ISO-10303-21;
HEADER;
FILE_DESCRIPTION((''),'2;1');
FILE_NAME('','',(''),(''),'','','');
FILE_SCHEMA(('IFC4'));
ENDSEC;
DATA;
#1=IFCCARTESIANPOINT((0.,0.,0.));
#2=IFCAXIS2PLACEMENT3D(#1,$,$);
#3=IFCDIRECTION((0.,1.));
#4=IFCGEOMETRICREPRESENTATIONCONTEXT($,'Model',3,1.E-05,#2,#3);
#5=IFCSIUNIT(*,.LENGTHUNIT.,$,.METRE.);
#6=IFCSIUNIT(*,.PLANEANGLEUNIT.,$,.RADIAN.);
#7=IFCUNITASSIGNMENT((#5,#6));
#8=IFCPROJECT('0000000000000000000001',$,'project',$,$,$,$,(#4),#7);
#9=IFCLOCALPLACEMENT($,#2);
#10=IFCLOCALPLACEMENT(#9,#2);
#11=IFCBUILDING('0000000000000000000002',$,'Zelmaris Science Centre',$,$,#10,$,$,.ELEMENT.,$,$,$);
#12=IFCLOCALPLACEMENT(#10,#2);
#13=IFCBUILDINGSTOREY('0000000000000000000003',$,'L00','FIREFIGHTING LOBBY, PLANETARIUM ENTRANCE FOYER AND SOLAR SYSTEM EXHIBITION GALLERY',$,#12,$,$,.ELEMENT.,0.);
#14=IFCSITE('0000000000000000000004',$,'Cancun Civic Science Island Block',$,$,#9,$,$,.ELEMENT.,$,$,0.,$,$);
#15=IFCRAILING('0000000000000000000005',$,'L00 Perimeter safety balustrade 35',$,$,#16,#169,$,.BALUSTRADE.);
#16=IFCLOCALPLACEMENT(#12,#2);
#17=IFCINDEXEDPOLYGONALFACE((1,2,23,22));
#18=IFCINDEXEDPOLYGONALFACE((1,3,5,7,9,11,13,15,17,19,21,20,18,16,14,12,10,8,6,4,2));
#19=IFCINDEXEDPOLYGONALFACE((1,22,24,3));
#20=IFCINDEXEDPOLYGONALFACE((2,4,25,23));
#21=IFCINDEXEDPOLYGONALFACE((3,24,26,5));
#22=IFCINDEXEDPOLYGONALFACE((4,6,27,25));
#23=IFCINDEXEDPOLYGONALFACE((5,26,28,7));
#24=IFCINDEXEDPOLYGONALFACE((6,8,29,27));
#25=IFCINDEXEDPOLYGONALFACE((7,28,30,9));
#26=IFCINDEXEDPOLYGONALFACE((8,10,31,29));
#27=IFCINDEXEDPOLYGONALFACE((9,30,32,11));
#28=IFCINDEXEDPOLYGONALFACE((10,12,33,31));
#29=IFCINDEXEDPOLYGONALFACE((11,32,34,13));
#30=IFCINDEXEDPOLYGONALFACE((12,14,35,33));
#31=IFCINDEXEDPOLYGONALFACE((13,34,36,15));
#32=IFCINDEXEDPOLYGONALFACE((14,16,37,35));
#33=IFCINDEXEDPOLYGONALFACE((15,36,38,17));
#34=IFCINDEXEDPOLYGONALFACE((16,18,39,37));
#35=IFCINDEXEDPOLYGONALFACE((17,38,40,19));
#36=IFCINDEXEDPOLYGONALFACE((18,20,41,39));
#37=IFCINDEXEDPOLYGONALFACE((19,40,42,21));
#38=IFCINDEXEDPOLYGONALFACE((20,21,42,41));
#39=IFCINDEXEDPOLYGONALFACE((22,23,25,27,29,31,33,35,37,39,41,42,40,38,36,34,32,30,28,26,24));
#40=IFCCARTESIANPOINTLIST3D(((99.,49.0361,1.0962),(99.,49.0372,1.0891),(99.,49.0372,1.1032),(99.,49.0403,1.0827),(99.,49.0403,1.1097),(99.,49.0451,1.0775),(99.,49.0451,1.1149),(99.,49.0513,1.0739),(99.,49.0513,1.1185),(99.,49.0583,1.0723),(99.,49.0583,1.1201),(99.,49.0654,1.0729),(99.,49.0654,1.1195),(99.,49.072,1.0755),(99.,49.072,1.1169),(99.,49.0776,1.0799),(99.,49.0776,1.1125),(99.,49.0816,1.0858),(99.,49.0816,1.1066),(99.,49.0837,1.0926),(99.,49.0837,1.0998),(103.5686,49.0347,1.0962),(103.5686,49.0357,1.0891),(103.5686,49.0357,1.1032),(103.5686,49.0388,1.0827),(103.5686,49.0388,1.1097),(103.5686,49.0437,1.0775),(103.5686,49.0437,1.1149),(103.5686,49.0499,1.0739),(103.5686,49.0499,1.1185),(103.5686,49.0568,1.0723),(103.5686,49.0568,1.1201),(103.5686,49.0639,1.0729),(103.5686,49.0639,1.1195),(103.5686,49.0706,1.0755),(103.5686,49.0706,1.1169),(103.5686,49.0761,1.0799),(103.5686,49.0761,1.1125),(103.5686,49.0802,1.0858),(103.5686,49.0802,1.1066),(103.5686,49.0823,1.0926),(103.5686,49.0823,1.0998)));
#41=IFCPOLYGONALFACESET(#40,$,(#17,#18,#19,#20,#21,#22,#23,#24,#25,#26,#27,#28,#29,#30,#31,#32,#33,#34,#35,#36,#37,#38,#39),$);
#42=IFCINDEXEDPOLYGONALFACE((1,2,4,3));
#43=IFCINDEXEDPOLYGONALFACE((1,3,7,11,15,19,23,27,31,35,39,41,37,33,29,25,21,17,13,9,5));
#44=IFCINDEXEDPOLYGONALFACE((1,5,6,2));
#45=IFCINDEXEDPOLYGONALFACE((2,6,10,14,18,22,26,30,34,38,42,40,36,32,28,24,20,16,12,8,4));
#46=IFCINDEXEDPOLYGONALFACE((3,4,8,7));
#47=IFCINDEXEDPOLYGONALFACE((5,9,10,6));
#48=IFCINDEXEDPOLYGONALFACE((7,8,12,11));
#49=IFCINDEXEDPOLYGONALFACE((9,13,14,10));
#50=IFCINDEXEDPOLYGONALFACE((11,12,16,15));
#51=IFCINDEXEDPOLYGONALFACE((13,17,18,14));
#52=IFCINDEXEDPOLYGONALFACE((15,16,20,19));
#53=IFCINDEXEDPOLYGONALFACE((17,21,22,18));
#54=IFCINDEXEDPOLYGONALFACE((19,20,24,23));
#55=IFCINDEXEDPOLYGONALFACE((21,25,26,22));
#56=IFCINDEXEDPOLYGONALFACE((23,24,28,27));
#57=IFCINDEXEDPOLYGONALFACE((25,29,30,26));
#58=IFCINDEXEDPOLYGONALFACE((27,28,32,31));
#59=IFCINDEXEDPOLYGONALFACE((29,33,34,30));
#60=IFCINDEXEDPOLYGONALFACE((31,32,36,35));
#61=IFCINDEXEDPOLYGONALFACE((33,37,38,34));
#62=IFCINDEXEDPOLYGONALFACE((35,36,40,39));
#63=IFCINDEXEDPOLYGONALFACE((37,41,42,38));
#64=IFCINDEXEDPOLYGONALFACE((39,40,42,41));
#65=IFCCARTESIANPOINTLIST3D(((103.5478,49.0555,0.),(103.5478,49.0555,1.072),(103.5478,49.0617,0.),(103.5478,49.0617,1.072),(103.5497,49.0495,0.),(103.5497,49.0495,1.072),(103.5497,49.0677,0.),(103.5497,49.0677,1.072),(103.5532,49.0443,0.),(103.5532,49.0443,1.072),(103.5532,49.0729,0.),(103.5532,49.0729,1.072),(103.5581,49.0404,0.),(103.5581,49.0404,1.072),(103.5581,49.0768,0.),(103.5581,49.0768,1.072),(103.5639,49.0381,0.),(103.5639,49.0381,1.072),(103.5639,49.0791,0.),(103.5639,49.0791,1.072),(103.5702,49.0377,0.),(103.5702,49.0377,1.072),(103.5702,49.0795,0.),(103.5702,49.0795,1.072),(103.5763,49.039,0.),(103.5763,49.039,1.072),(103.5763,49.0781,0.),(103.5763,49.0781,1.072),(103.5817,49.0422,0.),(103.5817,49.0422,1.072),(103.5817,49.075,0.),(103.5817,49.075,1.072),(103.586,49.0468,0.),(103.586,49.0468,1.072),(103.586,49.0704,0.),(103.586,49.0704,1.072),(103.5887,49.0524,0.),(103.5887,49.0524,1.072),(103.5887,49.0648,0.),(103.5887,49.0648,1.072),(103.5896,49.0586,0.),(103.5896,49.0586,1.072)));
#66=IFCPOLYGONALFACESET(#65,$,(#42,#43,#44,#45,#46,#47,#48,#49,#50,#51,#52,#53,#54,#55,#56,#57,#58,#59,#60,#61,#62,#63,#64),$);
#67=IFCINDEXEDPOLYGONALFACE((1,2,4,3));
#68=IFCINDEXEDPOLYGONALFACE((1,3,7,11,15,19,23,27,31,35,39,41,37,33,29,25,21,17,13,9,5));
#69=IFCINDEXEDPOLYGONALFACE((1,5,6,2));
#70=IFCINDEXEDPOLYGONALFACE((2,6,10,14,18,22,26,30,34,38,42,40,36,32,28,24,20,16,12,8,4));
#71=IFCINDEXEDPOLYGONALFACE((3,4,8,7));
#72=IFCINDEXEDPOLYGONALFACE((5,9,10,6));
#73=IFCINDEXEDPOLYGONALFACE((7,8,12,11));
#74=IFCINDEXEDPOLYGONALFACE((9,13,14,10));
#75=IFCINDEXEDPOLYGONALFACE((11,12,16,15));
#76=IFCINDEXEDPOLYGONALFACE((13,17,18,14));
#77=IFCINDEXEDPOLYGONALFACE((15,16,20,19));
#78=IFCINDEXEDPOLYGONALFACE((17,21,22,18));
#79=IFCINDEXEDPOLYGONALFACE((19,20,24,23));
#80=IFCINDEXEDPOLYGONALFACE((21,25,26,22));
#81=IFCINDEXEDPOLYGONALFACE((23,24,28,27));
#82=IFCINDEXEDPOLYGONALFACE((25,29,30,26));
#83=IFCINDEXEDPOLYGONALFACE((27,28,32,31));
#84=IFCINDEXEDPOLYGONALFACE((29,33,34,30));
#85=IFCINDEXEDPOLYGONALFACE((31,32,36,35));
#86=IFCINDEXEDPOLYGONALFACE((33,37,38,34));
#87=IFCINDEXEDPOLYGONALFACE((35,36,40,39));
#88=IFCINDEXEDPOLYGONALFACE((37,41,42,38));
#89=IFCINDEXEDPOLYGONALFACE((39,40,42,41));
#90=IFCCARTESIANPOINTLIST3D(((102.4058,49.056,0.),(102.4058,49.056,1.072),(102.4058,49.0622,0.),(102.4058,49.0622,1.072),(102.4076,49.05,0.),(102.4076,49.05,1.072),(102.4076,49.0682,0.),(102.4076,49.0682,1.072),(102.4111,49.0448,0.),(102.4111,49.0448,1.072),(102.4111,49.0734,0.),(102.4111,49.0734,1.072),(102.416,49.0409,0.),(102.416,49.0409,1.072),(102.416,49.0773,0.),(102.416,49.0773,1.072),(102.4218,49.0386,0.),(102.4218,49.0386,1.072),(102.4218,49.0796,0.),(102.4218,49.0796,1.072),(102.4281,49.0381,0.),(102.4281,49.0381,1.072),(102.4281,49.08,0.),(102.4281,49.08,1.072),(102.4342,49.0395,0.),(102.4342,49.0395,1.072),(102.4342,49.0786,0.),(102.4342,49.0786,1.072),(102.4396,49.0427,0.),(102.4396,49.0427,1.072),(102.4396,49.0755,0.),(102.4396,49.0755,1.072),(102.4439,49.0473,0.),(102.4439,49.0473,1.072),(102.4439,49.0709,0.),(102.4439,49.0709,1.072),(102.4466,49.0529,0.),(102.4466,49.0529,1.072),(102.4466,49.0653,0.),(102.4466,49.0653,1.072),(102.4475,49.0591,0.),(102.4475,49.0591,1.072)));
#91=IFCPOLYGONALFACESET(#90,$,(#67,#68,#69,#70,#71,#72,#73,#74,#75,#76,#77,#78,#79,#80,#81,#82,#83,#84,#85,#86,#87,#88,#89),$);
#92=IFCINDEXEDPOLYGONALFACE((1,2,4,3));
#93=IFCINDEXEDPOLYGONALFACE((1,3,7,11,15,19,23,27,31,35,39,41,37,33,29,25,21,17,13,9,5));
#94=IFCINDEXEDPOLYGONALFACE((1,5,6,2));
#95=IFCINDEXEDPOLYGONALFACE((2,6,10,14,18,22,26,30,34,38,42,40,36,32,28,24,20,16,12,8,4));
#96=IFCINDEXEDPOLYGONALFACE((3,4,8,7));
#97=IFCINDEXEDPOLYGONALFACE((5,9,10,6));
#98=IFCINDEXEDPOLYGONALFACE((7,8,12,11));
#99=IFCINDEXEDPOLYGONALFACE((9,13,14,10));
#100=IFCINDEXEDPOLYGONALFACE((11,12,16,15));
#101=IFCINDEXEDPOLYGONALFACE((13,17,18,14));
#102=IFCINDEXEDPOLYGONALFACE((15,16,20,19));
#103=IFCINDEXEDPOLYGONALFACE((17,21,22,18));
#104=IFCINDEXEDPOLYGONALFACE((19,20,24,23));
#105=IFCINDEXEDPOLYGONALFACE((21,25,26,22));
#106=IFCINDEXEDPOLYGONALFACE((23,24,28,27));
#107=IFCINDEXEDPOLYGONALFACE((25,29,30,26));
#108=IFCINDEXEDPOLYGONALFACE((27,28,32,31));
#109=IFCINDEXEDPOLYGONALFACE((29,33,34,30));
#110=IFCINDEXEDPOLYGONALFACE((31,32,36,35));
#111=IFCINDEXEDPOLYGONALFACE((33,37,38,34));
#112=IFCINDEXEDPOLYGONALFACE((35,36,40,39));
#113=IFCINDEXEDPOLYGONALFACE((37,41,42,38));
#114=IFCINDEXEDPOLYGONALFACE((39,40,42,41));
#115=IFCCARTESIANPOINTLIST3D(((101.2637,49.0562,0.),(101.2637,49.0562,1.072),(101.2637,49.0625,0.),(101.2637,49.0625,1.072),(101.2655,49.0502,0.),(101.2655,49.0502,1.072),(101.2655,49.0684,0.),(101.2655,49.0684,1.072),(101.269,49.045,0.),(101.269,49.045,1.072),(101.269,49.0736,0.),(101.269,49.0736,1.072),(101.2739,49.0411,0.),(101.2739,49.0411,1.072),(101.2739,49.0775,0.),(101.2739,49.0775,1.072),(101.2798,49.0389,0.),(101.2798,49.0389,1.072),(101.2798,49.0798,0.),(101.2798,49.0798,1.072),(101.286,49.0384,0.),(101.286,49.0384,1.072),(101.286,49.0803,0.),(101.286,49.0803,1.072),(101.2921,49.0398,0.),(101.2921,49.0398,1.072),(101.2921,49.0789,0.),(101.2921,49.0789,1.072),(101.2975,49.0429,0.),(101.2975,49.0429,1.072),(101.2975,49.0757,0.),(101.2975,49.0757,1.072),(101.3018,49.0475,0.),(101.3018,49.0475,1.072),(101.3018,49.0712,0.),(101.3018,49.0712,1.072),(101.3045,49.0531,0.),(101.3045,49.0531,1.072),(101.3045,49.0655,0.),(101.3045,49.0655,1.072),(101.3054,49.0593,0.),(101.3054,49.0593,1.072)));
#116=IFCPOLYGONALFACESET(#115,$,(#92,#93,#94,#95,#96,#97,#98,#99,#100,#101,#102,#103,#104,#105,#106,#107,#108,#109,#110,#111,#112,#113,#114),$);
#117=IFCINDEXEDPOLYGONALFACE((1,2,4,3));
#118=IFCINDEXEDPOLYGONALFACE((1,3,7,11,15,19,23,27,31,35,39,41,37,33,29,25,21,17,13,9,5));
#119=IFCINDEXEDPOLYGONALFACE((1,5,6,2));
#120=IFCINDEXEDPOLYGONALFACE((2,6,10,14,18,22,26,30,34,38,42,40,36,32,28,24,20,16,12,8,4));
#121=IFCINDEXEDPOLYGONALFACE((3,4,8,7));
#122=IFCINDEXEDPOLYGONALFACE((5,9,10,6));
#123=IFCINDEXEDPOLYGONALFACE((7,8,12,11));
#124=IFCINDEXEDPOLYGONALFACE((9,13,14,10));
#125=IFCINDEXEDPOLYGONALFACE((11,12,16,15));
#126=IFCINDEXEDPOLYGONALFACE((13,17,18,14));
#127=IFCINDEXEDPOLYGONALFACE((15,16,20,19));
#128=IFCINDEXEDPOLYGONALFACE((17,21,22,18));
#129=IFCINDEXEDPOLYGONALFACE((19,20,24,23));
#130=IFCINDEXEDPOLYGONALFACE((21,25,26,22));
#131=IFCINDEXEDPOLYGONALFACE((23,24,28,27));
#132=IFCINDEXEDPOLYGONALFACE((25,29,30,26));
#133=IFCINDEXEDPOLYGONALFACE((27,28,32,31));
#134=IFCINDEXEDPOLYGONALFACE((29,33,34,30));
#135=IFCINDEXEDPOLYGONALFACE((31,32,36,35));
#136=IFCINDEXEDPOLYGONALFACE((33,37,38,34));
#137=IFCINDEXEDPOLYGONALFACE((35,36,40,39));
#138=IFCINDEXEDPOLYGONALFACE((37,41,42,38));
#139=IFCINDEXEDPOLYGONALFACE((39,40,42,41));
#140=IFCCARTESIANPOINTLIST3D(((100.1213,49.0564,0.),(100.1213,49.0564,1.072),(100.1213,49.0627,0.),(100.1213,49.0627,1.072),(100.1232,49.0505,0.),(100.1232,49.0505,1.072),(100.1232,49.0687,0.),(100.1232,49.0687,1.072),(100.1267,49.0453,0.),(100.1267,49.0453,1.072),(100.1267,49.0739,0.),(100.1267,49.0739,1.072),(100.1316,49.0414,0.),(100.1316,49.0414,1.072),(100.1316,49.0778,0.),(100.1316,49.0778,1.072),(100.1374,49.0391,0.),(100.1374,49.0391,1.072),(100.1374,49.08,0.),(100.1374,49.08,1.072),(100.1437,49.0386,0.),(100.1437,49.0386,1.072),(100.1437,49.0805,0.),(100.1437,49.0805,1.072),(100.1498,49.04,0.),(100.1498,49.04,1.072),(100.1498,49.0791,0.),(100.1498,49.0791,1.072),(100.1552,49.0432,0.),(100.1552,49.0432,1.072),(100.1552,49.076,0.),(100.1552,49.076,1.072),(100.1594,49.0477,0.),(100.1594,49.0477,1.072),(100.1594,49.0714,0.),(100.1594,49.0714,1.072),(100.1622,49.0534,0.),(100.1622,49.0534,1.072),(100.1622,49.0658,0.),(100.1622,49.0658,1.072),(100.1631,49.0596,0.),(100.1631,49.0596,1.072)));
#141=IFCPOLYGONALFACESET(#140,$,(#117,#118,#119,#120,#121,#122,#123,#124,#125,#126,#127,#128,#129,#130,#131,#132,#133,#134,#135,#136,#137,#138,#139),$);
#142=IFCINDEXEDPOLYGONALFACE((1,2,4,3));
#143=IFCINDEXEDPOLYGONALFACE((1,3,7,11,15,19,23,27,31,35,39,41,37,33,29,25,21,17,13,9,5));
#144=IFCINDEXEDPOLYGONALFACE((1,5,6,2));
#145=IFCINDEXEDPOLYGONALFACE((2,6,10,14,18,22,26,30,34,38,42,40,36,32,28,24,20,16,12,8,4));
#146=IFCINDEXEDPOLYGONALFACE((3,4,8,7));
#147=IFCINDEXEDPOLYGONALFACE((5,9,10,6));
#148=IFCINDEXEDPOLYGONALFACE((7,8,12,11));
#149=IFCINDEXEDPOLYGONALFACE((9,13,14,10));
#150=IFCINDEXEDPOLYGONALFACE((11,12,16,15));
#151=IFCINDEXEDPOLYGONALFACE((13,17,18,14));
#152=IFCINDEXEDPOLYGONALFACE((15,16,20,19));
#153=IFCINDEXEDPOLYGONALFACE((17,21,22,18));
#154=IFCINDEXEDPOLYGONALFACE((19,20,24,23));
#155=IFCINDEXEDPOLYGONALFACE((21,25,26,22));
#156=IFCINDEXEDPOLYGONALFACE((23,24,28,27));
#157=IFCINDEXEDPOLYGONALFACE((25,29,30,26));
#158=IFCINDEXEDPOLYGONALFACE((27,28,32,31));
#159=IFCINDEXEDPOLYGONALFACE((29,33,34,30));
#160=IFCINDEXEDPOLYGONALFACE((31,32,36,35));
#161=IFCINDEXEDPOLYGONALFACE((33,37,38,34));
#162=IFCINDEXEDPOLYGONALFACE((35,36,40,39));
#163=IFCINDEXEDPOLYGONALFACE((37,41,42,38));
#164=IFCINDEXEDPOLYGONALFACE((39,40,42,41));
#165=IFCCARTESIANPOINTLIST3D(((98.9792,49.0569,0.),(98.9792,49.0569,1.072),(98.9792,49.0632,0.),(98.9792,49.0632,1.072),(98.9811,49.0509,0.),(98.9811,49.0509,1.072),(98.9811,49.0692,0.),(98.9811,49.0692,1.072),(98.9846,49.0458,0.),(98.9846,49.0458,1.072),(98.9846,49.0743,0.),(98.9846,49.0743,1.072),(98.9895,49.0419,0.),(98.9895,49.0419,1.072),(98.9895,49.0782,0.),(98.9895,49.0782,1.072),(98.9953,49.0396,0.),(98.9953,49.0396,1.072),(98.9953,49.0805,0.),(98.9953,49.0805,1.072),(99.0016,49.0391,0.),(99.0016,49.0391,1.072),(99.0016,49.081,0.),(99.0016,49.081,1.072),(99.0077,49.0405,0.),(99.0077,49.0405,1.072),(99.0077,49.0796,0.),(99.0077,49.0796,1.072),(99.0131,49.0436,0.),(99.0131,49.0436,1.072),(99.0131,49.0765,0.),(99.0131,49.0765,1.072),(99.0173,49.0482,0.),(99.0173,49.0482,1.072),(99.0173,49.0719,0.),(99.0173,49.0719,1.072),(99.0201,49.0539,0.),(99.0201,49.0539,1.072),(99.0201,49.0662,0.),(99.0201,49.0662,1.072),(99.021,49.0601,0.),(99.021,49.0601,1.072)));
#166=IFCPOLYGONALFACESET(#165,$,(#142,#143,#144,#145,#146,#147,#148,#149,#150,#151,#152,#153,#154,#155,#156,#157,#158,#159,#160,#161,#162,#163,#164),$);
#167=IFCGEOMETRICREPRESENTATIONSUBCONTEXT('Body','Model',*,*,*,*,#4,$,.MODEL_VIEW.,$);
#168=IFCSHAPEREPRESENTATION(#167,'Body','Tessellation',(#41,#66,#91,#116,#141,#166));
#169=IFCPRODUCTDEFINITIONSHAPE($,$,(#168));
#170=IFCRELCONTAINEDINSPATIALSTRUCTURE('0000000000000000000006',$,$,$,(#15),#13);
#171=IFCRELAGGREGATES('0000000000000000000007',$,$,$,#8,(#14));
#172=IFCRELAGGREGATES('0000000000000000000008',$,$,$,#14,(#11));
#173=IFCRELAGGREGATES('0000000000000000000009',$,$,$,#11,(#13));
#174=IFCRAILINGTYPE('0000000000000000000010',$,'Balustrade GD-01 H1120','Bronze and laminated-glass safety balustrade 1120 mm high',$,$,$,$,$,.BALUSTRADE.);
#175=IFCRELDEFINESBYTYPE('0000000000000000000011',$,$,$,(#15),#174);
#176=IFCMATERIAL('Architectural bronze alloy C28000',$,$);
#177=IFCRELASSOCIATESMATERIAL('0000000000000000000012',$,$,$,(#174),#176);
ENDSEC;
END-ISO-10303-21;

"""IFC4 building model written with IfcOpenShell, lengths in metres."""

from ifc_helpers import new_model, si_unit, direction, frame, origin, origin_2d, place, context, subcontext, project, spatial, circle, extrude, material, type_object, element, save


model = new_model("IFC4")

# Units and contexts
model_context = context("Model", 3, precision=1e-05, world=origin(), true_north=direction((0.0, 1.0)))
body_context = subcontext(model_context, "Body", "Model", "MODEL_VIEW")
ifc_project = project(units=[si_unit("LENGTHUNIT", "METRE"), si_unit("PLANEANGLEUNIT", "RADIAN")], contexts=[model_context])

# Site, building, storey
site_placement = place(None, origin())
site = spatial("IfcSite", under=ifc_project, at=site_placement, Name="Cancun Civic Science Island Block", CompositionType="ELEMENT", RefElevation=0.0)
building_placement = place(site_placement, origin())
building = spatial("IfcBuilding", under=site, at=building_placement, Name="Zelmaris Science Centre", CompositionType="ELEMENT")
storey_placement = place(building_placement, origin())
storey = spatial("IfcBuildingStorey", under=building, at=storey_placement, Name="L00", Description="FIREFIGHTING LOBBY, PLANETARIUM ENTRANCE FOYER AND SOLAR SYSTEM EXHIBITION GALLERY", CompositionType="ELEMENT", Elevation=0.0)

# Railing
ifc_material_1 = material(Name="Architectural bronze alloy C28000")
railing_type = type_object("IfcRailingType", Name="Balustrade GD-01 H1120", Description="Bronze and laminated-glass safety balustrade 1120 mm high", PredefinedType="BALUSTRADE", material=ifc_material_1)
railing_1_placement = place(storey_placement, frame((103.5686, 49.0586, 0.0)))
element("IfcRailing", 1, at=railing_1_placement, inside=storey, type_object=railing_type, Name="L00 Perimeter safety balustrade 35", PredefinedType="BALUSTRADE", context=body_context, shape_type="SweptSolid", body=[
    extrude(circle(Radius=0.0239, at=origin_2d()), frame((0.0, 0.0, 1.0962), z_axis=(-1.0, 0.000321, 0.0), x_axis=(-0.000321, -1.0, 0.0)), (0.0, 0.0, 1.0), 4.5686),
    extrude(circle(Radius=0.021, at=origin_2d()), origin(), (0.0, 0.0, 1.0), 1.072),
    extrude(circle(Radius=0.021, at=origin_2d()), frame((-1.1421, 0.0005, 0.0)), (0.0, 0.0, 1.0), 1.072),
    extrude(circle(Radius=0.021, at=origin_2d()), frame((-2.2842, 0.0007, 0.0)), (0.0, 0.0, 1.0), 1.072),
    extrude(circle(Radius=0.021, at=origin_2d()), frame((-3.4265, 0.001, 0.0)), (0.0, 0.0, 1.0), 1.072),
    extrude(circle(Radius=0.021, at=origin_2d()), frame((-4.5686, 0.0015, 0.0)), (0.0, 0.0, 1.0), 1.072),
])

save(model, "model.ifc")
